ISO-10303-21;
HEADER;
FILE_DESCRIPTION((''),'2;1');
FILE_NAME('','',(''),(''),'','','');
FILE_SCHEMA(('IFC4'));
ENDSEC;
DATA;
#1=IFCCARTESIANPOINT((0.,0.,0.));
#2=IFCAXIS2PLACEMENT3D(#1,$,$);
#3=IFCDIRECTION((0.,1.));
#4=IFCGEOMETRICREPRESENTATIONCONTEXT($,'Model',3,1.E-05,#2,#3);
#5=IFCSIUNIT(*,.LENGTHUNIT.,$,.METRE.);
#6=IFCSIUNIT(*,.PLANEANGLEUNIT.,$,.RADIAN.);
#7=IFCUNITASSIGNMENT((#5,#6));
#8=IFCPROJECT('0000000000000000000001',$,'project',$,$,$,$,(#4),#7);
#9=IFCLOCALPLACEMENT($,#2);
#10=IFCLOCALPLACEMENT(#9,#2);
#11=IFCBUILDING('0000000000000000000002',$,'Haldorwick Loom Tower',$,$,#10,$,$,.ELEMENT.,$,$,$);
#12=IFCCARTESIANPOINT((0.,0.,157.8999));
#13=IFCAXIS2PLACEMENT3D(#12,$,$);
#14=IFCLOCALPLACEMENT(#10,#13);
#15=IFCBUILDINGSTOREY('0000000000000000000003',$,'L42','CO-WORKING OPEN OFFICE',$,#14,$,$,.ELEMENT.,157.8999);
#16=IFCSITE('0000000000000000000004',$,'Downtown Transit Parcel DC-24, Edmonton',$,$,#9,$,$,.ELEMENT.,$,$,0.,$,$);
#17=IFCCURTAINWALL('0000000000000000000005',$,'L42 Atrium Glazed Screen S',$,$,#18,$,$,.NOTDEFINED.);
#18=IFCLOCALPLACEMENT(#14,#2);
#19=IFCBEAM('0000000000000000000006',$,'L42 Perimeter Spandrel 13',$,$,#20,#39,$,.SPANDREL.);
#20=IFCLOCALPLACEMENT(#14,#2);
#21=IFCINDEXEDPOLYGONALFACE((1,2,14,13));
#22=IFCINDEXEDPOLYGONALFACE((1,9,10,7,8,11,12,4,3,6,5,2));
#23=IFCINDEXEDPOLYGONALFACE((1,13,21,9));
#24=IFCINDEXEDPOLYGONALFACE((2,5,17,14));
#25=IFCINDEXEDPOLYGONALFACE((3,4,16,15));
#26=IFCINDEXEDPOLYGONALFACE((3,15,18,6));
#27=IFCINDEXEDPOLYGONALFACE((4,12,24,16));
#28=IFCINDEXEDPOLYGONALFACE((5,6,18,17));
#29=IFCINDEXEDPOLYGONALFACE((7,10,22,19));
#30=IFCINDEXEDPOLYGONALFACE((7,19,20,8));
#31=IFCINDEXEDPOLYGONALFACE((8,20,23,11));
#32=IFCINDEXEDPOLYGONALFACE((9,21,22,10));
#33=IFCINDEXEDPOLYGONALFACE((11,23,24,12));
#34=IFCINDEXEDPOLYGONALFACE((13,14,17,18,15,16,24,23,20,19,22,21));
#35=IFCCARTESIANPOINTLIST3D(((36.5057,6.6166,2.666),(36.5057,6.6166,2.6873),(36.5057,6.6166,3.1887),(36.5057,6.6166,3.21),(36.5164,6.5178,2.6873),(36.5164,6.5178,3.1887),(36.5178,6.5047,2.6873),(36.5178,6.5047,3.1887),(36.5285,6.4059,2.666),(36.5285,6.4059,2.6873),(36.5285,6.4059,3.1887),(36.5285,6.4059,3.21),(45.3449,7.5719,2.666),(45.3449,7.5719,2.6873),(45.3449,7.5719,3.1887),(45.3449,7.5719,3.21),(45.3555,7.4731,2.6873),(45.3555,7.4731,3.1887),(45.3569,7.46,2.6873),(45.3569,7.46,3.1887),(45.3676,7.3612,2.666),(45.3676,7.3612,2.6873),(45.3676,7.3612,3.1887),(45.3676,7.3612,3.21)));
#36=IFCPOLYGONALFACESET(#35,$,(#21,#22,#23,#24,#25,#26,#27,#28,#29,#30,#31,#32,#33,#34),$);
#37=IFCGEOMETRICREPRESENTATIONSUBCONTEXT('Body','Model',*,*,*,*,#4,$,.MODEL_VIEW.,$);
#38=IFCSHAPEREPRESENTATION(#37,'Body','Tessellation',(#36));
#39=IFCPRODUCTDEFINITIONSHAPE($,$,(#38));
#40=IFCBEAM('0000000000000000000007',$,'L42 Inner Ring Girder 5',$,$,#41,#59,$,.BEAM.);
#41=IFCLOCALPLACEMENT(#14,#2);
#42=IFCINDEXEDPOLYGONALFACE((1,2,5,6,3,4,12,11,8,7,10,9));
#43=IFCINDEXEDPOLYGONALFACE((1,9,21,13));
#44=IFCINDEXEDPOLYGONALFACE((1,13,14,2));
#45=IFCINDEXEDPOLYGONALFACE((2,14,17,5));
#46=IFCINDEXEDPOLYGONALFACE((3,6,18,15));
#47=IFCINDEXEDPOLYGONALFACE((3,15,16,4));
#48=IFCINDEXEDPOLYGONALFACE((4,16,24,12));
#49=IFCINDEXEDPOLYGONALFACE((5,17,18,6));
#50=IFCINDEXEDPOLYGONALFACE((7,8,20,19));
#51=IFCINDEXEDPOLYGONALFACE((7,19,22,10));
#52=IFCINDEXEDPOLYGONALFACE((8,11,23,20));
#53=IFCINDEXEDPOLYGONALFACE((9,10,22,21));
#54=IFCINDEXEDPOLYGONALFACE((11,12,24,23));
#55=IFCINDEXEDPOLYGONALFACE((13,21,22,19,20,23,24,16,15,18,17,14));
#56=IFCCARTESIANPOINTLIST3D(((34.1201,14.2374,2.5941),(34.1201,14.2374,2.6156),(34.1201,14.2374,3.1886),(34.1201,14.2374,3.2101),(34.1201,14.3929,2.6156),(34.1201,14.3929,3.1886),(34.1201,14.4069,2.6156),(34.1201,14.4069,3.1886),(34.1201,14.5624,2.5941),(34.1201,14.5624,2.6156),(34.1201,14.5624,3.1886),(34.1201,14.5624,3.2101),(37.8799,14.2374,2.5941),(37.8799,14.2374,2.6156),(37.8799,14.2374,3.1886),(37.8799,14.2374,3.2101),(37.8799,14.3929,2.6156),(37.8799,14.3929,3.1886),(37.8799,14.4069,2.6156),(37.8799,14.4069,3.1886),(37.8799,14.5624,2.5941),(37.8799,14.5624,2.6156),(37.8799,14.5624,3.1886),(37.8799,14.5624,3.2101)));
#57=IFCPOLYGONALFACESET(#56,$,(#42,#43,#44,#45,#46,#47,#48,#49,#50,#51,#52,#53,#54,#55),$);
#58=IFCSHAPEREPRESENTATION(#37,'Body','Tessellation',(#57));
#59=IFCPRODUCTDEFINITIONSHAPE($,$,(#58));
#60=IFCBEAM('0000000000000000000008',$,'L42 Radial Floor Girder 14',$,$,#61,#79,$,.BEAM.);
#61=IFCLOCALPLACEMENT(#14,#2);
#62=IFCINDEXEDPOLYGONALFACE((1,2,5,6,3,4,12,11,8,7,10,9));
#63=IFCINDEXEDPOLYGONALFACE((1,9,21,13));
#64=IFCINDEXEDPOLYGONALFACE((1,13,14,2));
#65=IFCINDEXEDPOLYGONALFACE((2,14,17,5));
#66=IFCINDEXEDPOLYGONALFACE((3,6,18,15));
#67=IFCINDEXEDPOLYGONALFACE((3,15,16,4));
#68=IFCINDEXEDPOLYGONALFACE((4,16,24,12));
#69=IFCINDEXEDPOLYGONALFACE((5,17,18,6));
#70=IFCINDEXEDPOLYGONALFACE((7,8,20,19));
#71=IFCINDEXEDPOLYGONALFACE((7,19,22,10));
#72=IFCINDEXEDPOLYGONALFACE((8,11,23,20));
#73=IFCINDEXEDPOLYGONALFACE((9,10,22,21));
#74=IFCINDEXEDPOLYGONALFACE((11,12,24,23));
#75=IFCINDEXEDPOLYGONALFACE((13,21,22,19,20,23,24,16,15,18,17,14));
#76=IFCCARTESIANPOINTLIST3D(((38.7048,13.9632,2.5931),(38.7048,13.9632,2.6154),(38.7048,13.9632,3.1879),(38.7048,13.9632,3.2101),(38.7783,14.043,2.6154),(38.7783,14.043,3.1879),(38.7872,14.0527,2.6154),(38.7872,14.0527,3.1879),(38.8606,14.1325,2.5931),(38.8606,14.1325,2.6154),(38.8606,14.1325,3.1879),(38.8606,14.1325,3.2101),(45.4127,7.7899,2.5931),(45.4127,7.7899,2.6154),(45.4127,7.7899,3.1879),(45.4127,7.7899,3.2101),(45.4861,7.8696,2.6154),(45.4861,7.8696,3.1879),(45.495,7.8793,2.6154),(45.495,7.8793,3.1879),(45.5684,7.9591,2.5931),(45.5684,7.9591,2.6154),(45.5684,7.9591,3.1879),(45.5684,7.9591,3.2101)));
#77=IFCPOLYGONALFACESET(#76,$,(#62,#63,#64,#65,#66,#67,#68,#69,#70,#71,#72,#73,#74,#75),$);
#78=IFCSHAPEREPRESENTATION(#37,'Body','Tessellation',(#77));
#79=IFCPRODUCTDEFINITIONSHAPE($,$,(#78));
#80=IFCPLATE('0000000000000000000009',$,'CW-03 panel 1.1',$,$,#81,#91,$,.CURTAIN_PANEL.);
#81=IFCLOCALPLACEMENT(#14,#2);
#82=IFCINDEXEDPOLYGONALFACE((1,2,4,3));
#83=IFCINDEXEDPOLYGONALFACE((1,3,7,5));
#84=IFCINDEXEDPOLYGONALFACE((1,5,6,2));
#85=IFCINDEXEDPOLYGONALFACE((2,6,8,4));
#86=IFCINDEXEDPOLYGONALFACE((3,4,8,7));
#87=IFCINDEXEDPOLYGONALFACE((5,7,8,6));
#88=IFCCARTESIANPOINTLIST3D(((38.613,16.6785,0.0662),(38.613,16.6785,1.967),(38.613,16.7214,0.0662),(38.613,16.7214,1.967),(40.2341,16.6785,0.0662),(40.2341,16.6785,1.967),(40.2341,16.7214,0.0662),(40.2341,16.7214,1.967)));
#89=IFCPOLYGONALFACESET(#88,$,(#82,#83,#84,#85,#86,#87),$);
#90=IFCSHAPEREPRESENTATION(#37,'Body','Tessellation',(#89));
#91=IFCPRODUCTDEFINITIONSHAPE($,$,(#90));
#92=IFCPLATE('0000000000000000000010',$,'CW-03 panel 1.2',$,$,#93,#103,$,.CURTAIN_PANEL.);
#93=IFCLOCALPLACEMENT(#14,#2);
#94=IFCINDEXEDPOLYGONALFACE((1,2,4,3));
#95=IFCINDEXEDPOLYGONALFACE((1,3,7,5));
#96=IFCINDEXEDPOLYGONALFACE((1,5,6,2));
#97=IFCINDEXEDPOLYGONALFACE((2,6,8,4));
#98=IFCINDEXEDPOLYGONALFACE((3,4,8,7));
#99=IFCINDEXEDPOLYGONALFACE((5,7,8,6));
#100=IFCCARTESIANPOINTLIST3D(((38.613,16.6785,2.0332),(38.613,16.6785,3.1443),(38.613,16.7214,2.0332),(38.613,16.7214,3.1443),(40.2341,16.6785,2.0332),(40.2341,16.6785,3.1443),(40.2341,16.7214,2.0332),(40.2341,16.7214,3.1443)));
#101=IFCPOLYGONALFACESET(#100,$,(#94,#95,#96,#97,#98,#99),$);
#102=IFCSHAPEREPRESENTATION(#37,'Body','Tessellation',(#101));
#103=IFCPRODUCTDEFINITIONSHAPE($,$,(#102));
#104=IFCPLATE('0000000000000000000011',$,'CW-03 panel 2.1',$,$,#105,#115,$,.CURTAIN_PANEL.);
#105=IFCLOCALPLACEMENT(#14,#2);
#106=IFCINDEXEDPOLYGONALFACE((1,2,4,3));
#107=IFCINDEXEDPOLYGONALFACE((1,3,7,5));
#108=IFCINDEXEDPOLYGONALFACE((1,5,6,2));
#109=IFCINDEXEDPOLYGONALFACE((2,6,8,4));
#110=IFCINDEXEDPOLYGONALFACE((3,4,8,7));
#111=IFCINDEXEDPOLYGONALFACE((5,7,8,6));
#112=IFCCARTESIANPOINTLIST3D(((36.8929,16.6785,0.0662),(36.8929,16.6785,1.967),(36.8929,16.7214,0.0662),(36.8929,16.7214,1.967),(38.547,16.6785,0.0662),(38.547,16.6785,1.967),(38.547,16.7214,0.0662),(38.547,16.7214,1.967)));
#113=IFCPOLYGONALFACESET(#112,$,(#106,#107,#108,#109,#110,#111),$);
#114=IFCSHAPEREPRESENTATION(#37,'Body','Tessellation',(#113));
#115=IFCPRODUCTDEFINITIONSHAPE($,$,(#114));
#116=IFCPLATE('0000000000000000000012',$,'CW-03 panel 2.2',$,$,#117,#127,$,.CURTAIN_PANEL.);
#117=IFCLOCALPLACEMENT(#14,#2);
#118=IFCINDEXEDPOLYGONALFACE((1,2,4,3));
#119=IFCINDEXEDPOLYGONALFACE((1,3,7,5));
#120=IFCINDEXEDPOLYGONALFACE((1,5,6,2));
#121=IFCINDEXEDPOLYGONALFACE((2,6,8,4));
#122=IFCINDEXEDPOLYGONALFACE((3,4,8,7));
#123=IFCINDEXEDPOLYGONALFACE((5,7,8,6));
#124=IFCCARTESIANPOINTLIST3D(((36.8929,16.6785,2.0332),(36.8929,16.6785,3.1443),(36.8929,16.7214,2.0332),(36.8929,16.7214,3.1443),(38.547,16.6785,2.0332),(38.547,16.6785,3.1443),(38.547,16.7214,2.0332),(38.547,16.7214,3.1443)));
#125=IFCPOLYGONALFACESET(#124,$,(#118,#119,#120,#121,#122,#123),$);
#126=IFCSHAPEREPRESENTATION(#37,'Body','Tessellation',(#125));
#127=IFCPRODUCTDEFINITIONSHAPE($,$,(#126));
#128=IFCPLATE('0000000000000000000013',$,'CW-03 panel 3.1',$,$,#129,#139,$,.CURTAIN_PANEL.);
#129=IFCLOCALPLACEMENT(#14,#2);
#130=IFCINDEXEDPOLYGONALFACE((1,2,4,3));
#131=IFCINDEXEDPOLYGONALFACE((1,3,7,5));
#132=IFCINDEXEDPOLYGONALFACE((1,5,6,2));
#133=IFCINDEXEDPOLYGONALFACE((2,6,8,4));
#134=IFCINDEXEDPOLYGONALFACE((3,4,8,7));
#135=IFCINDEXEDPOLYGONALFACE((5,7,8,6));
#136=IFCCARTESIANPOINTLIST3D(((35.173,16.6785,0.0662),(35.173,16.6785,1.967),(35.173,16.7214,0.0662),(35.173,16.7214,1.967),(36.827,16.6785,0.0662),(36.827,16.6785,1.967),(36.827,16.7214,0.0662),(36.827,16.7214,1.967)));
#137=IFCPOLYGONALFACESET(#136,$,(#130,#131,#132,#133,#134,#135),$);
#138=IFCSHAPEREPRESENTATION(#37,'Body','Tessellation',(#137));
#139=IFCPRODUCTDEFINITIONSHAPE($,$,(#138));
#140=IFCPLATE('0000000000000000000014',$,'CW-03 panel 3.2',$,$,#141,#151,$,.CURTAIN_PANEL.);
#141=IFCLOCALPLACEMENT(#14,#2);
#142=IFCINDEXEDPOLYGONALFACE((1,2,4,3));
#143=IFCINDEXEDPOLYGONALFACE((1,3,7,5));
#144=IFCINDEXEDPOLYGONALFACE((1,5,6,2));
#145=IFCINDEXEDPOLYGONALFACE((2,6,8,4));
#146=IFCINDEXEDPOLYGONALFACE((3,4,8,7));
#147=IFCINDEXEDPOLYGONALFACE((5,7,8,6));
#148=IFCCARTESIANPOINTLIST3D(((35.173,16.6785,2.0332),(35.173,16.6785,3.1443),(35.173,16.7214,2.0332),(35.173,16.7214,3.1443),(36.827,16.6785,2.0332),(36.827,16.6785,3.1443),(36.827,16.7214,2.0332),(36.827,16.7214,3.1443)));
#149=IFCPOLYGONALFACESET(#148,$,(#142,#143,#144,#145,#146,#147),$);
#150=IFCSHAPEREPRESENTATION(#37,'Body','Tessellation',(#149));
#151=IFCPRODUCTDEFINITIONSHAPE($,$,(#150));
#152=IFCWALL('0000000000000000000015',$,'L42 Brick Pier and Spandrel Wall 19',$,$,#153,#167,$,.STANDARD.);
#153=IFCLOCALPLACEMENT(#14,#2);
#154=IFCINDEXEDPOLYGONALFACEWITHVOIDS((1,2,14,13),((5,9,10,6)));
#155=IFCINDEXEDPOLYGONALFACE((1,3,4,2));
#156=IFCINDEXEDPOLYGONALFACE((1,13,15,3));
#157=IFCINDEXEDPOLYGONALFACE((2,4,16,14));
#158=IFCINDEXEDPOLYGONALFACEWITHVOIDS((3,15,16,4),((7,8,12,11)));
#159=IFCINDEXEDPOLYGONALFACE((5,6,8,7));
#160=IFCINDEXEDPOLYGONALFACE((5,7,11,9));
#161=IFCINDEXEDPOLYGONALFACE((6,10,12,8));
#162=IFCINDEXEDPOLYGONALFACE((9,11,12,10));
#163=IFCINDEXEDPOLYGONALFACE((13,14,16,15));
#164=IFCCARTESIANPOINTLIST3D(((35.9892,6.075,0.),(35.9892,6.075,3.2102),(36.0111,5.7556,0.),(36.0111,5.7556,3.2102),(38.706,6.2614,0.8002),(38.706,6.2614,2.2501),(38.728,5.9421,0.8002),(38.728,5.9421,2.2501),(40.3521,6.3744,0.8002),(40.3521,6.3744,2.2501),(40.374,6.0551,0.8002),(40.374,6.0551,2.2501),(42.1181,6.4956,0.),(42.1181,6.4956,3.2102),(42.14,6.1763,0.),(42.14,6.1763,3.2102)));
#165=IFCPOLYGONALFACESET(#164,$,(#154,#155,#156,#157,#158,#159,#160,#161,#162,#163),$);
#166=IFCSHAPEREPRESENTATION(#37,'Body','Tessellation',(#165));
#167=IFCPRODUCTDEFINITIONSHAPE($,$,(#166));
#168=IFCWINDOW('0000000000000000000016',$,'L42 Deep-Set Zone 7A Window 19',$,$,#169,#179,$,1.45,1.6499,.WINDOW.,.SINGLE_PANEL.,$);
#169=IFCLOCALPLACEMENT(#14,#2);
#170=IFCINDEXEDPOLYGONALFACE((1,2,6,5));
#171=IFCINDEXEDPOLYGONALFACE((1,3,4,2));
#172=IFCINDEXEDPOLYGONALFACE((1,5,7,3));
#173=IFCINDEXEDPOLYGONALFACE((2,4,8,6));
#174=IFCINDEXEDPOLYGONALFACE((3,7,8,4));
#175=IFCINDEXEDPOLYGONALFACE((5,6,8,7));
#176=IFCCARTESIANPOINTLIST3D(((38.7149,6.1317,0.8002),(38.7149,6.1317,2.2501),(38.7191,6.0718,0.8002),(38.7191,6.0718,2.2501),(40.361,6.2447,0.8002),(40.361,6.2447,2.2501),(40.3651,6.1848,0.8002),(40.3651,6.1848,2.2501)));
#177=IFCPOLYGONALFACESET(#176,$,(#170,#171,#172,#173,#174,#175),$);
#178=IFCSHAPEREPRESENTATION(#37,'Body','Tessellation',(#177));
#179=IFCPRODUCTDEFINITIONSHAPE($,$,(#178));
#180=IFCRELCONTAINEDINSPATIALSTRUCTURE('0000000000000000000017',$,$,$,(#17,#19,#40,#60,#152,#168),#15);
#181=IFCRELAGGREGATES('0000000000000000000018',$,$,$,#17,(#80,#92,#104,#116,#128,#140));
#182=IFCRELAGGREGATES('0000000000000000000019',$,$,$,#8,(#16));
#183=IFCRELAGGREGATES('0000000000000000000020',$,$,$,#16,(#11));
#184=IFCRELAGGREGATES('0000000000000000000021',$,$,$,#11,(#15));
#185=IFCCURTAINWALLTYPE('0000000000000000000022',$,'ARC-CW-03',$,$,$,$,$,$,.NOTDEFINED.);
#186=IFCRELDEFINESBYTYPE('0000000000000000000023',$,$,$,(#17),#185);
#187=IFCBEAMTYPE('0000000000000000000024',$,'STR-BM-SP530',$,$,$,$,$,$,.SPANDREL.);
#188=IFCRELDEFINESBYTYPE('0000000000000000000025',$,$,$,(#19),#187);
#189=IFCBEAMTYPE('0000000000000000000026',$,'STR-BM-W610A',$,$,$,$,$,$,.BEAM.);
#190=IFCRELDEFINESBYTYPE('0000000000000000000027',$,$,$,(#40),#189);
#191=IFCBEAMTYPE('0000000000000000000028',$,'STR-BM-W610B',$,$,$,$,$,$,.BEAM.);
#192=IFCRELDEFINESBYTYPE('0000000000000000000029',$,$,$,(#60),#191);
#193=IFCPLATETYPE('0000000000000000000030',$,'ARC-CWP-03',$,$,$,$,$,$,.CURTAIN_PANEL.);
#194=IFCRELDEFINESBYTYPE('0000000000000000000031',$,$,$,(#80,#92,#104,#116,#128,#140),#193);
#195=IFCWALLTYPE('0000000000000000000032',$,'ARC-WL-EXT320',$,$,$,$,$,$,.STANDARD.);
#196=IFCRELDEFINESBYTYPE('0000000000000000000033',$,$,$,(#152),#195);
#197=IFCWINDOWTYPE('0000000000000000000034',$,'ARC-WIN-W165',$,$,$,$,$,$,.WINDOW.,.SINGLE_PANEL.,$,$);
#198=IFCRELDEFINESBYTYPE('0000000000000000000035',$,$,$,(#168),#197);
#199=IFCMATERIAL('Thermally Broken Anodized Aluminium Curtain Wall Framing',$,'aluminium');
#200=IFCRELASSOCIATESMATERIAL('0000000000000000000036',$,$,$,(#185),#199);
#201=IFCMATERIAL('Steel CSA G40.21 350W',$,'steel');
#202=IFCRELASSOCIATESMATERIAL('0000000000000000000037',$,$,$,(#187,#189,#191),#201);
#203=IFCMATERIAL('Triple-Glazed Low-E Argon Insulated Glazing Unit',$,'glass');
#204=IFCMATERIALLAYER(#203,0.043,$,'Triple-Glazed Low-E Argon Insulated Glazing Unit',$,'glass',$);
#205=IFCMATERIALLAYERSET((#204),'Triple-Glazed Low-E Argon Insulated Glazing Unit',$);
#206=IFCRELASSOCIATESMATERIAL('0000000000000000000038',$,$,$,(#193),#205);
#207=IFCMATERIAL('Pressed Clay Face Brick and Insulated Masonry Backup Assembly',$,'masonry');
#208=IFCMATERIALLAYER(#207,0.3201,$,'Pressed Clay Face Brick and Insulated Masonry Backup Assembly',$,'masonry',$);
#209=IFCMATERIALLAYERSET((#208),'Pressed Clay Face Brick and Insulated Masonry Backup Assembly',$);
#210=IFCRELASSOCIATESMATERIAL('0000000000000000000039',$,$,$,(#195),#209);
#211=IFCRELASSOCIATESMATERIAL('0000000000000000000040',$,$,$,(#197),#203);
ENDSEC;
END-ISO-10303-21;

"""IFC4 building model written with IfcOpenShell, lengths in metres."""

from ifc_helpers import new_model, si_unit, direction, frame, frame_2d, origin, origin_2d, place, context, subcontext, project, spatial, rectangle, i_section, extrude, material, layer, layer_set, material_profile, profile_set, type_object, element, fill, aggregate, save


model = new_model("IFC4")

# Units and contexts
model_context = context("Model", 3, precision=1e-05, world=origin(), true_north=direction((0.0, 1.0)))
body_context = subcontext(model_context, "Body", "Model", "MODEL_VIEW")
ifc_project = project(units=[si_unit("LENGTHUNIT", "METRE"), si_unit("PLANEANGLEUNIT", "RADIAN")], contexts=[model_context])

# Site, building, storey
site_placement = place(None, origin())
site = spatial("IfcSite", under=ifc_project, at=site_placement, Name="Downtown Transit Parcel DC-24, Edmonton", CompositionType="ELEMENT", RefElevation=0.0)
building_placement = place(site_placement, origin())
building = spatial("IfcBuilding", under=site, at=building_placement, Name="Haldorwick Loom Tower", CompositionType="ELEMENT")
storey_placement = place(building_placement, frame((0.0, 0.0, 157.8999)))
storey = spatial("IfcBuildingStorey", under=building, at=storey_placement, Name="L42", Description="CO-WORKING OPEN OFFICE", CompositionType="ELEMENT", Elevation=157.8999)

# Curtain wall
ifc_material_1 = material(Name="Thermally Broken Anodized Aluminium Curtain Wall Framing", Category="aluminium")
curtain_wall_type = type_object("IfcCurtainWallType", Name="ARC-CW-03", PredefinedType="NOTDEFINED", material=ifc_material_1)
curtain_wall_placement = place(storey_placement, origin())
curtain_wall = element("IfcCurtainWall", 1, at=curtain_wall_placement, inside=storey, type_object=curtain_wall_type, Name="L42 Atrium Glazed Screen S", PredefinedType="NOTDEFINED")

# Beams
ifc_material_2 = material(Name="Steel CSA G40.21 350W", Category="steel")
ifc_material_profile_1 = material_profile(ifc_material_2, i_section(OverallWidth=0.2119, OverallDepth=0.5439, WebThickness=0.0132, FlangeThickness=0.0212, at=origin_2d()), Name="W530X123", Category="steel")
ifc_profile_set_1 = profile_set([ifc_material_profile_1], Name="Steel CSA G40.21 350W")
beam_type_1 = type_object("IfcBeamType", Name="STR-BM-SP530", PredefinedType="SPANDREL", material=ifc_profile_set_1)
beam_1_placement = place(storey_placement, frame((36.5171, 6.5112, 2.938), z_axis=(0.99421, 0.107453, 0.0), x_axis=(-0.107453, 0.99421, 0.0)))
element("IfcBeam", 2, at=beam_1_placement, inside=storey, type_object=beam_type_1, Name="L42 Perimeter Spandrel 13", PredefinedType="SPANDREL", context=body_context, shape_type="SweptSolid", body=[
    extrude(i_section(OverallWidth=0.2119, OverallDepth=0.5439, WebThickness=0.0132, FlangeThickness=0.0212, at=origin_2d()), origin(), (0.0, 0.0, 1.0), 8.8906),
])
ifc_material_profile_2 = material_profile(ifc_material_2, i_section(OverallWidth=0.325, OverallDepth=0.616, WebThickness=0.0139, FlangeThickness=0.0215, at=origin_2d()), Name="W610X174", Category="steel")
ifc_profile_set_2 = profile_set([ifc_material_profile_2], Name="Steel CSA G40.21 350W")
beam_type_2 = type_object("IfcBeamType", Name="STR-BM-W610A", PredefinedType="BEAM", material=ifc_profile_set_2)
beam_2_placement = place(storey_placement, frame((37.8799, 14.3999, 2.9021), z_axis=(-1.0, 0.0, 0.0), x_axis=(0.0, -1.0, 0.0)))
element("IfcBeam", 3, at=beam_2_placement, inside=storey, type_object=beam_type_2, Name="L42 Inner Ring Girder 5", PredefinedType="BEAM", context=body_context, shape_type="SweptSolid", body=[
    extrude(i_section(OverallWidth=0.325, OverallDepth=0.616, WebThickness=0.0139, FlangeThickness=0.0215, at=origin_2d()), origin(), (0.0, 0.0, 1.0), 3.7598),
])
ifc_material_profile_3 = material_profile(ifc_material_2, i_section(OverallWidth=0.23, OverallDepth=0.6169, WebThickness=0.0132, FlangeThickness=0.0222, at=origin_2d()), Name="W610X140", Category="steel")
ifc_profile_set_3 = profile_set([ifc_material_profile_3], Name="Steel CSA G40.21 350W")
beam_type_3 = type_object("IfcBeamType", Name="STR-BM-W610B", PredefinedType="BEAM", material=ifc_profile_set_3)
beam_3_placement = place(storey_placement, frame((38.7827, 14.0479, 2.9016), z_axis=(0.735811, -0.677187, 0.0), x_axis=(0.677187, 0.735811, 0.0)))
element("IfcBeam", 4, at=beam_3_placement, inside=storey, type_object=beam_type_3, Name="L42 Radial Floor Girder 14", PredefinedType="BEAM", context=body_context, shape_type="SweptSolid", body=[
    extrude(i_section(OverallWidth=0.23, OverallDepth=0.6169, WebThickness=0.0132, FlangeThickness=0.0222, at=origin_2d()), origin(), (0.0, 0.0, 1.0), 9.1162),
])

# Plates
ifc_material_3 = material(Name="Triple-Glazed Low-E Argon Insulated Glazing Unit", Category="glass")
ifc_layer_1 = layer(ifc_material_3, 0.043, Name="Triple-Glazed Low-E Argon Insulated Glazing Unit", Category="glass")
ifc_layer_set_1 = layer_set([ifc_layer_1], Name="Triple-Glazed Low-E Argon Insulated Glazing Unit")
plate_type = type_object("IfcPlateType", Name="ARC-CWP-03", PredefinedType="CURTAIN_PANEL", material=ifc_layer_set_1)
plate_1_placement = place(storey_placement, frame((39.4236, 16.7, 0.0662), z_axis=(0.0, 0.0, 1.0), x_axis=(-1.0, 0.0, 0.0)))
plate_1 = element("IfcPlate", 5, at=plate_1_placement, type_object=plate_type, Name="CW-03 panel 1.1", PredefinedType="CURTAIN_PANEL", context=body_context, shape_type="SweptSolid", body=[
    extrude(rectangle(XDim=1.6211, YDim=0.043, at=origin_2d()), origin(), (0.0, 0.0, 1.0), 1.9009),
])
plate_2_placement = place(storey_placement, frame((39.4236, 16.7, 2.0332), z_axis=(0.0, 0.0, 1.0), x_axis=(-1.0, 0.0, 0.0)))
plate_2 = element("IfcPlate", 6, at=plate_2_placement, type_object=plate_type, Name="CW-03 panel 1.2", PredefinedType="CURTAIN_PANEL", context=body_context, shape_type="SweptSolid", body=[
    extrude(rectangle(XDim=1.6211, YDim=0.043, at=origin_2d()), origin(), (0.0, 0.0, 1.0), 1.1111),
])
plate_3_placement = place(storey_placement, frame((37.72, 16.7, 0.0662), z_axis=(0.0, 0.0, 1.0), x_axis=(-1.0, 0.0, 0.0)))
plate_3 = element("IfcPlate", 7, at=plate_3_placement, type_object=plate_type, Name="CW-03 panel 2.1", PredefinedType="CURTAIN_PANEL", context=body_context, shape_type="SweptSolid", body=[
    extrude(rectangle(XDim=1.6541, YDim=0.043, at=origin_2d()), origin(), (0.0, 0.0, 1.0), 1.9009),
])
plate_4_placement = place(storey_placement, frame((37.72, 16.7, 2.0332), z_axis=(0.0, 0.0, 1.0), x_axis=(-1.0, 0.0, 0.0)))
plate_4 = element("IfcPlate", 8, at=plate_4_placement, type_object=plate_type, Name="CW-03 panel 2.2", PredefinedType="CURTAIN_PANEL", context=body_context, shape_type="SweptSolid", body=[
    extrude(rectangle(XDim=1.6541, YDim=0.043, at=origin_2d()), origin(), (0.0, 0.0, 1.0), 1.1111),
])
plate_5_placement = place(storey_placement, frame((36.0, 16.7, 0.0662), z_axis=(0.0, 0.0, 1.0), x_axis=(-1.0, 0.0, 0.0)))
plate_5 = element("IfcPlate", 9, at=plate_5_placement, type_object=plate_type, Name="CW-03 panel 3.1", PredefinedType="CURTAIN_PANEL", context=body_context, shape_type="SweptSolid", body=[
    extrude(rectangle(XDim=1.6541, YDim=0.043, at=origin_2d()), origin(), (0.0, 0.0, 1.0), 1.9009),
])
plate_6_placement = place(storey_placement, frame((36.0, 16.7, 2.0332), z_axis=(0.0, 0.0, 1.0), x_axis=(-1.0, 0.0, 0.0)))
plate_6 = element("IfcPlate", 10, at=plate_6_placement, type_object=plate_type, Name="CW-03 panel 3.2", PredefinedType="CURTAIN_PANEL", context=body_context, shape_type="SweptSolid", body=[
    extrude(rectangle(XDim=1.6541, YDim=0.043, at=origin_2d()), origin(), (0.0, 0.0, 1.0), 1.1111),
])
aggregate(curtain_wall, [plate_1, plate_2, plate_3, plate_4, plate_5, plate_6])

# Wall, opening, window
ifc_material_4 = material(Name="Pressed Clay Face Brick and Insulated Masonry Backup Assembly", Category="masonry")
ifc_layer_2 = layer(ifc_material_4, 0.3201, Name="Pressed Clay Face Brick and Insulated Masonry Backup Assembly", Category="masonry")
ifc_layer_set_2 = layer_set([ifc_layer_2], Name="Pressed Clay Face Brick and Insulated Masonry Backup Assembly")
wall_type_1 = type_object("IfcWallType", Name="ARC-WL-EXT320", PredefinedType="STANDARD", material=ifc_layer_set_2)
wall_1_placement = place(storey_placement, frame((36.0, 5.9153, 0.0), z_axis=(0.0, 0.0, 1.0), x_axis=(0.997653, 0.068473, 0.0)))
wall_1 = element("IfcWall", 11, at=wall_1_placement, inside=storey, type_object=wall_type_1, Name="L42 Brick Pier and Spandrel Wall 19", PredefinedType="STANDARD", context=body_context, shape_type="SweptSolid", body=[
    extrude(rectangle(XDim=6.1433, YDim=0.3201, at=frame_2d((3.0718, 0.0))), origin(), (0.0, 0.0, 1.0), 3.2102),
])
opening_placement = place(wall_1_placement, frame((2.7234, 0.0, 0.8)))
opening = element("IfcOpeningElement", 12, at=opening_placement, cuts=wall_1, PredefinedType="OPENING", context=body_context, shape_type="SweptSolid", body=[
    extrude(rectangle(XDim=1.6499, YDim=1.45, at=frame_2d((0.825, 0.7251))), frame((0.0, 0.1699, 0.0), z_axis=(0.0, -1.0, 0.0), x_axis=(1.0, 0.0, 0.0)), (0.0, 0.0, 1.0), 0.3401),
])
window_type = type_object("IfcWindowType", Name="ARC-WIN-W165", PartitioningType="SINGLE_PANEL", PredefinedType="WINDOW", material=ifc_material_3)
window_placement = place(opening_placement, origin())
window = element("IfcWindow", 13, at=window_placement, inside=storey, type_object=window_type, Name="L42 Deep-Set Zone 7A Window 19", OverallHeight=1.45, OverallWidth=1.6499, PartitioningType="SINGLE_PANEL", PredefinedType="WINDOW", context=body_context, shape_type="SweptSolid", body=[
    extrude(rectangle(XDim=1.6499, YDim=1.45, at=frame_2d((0.825, 0.7251))), frame((0.0, 0.03, 0.0), z_axis=(0.0, -1.0, 0.0), x_axis=(1.0, 0.0, 0.0)), (0.0, 0.0, 1.0), 0.0601),
])
fill(opening, window)

save(model, "model.ifc")
